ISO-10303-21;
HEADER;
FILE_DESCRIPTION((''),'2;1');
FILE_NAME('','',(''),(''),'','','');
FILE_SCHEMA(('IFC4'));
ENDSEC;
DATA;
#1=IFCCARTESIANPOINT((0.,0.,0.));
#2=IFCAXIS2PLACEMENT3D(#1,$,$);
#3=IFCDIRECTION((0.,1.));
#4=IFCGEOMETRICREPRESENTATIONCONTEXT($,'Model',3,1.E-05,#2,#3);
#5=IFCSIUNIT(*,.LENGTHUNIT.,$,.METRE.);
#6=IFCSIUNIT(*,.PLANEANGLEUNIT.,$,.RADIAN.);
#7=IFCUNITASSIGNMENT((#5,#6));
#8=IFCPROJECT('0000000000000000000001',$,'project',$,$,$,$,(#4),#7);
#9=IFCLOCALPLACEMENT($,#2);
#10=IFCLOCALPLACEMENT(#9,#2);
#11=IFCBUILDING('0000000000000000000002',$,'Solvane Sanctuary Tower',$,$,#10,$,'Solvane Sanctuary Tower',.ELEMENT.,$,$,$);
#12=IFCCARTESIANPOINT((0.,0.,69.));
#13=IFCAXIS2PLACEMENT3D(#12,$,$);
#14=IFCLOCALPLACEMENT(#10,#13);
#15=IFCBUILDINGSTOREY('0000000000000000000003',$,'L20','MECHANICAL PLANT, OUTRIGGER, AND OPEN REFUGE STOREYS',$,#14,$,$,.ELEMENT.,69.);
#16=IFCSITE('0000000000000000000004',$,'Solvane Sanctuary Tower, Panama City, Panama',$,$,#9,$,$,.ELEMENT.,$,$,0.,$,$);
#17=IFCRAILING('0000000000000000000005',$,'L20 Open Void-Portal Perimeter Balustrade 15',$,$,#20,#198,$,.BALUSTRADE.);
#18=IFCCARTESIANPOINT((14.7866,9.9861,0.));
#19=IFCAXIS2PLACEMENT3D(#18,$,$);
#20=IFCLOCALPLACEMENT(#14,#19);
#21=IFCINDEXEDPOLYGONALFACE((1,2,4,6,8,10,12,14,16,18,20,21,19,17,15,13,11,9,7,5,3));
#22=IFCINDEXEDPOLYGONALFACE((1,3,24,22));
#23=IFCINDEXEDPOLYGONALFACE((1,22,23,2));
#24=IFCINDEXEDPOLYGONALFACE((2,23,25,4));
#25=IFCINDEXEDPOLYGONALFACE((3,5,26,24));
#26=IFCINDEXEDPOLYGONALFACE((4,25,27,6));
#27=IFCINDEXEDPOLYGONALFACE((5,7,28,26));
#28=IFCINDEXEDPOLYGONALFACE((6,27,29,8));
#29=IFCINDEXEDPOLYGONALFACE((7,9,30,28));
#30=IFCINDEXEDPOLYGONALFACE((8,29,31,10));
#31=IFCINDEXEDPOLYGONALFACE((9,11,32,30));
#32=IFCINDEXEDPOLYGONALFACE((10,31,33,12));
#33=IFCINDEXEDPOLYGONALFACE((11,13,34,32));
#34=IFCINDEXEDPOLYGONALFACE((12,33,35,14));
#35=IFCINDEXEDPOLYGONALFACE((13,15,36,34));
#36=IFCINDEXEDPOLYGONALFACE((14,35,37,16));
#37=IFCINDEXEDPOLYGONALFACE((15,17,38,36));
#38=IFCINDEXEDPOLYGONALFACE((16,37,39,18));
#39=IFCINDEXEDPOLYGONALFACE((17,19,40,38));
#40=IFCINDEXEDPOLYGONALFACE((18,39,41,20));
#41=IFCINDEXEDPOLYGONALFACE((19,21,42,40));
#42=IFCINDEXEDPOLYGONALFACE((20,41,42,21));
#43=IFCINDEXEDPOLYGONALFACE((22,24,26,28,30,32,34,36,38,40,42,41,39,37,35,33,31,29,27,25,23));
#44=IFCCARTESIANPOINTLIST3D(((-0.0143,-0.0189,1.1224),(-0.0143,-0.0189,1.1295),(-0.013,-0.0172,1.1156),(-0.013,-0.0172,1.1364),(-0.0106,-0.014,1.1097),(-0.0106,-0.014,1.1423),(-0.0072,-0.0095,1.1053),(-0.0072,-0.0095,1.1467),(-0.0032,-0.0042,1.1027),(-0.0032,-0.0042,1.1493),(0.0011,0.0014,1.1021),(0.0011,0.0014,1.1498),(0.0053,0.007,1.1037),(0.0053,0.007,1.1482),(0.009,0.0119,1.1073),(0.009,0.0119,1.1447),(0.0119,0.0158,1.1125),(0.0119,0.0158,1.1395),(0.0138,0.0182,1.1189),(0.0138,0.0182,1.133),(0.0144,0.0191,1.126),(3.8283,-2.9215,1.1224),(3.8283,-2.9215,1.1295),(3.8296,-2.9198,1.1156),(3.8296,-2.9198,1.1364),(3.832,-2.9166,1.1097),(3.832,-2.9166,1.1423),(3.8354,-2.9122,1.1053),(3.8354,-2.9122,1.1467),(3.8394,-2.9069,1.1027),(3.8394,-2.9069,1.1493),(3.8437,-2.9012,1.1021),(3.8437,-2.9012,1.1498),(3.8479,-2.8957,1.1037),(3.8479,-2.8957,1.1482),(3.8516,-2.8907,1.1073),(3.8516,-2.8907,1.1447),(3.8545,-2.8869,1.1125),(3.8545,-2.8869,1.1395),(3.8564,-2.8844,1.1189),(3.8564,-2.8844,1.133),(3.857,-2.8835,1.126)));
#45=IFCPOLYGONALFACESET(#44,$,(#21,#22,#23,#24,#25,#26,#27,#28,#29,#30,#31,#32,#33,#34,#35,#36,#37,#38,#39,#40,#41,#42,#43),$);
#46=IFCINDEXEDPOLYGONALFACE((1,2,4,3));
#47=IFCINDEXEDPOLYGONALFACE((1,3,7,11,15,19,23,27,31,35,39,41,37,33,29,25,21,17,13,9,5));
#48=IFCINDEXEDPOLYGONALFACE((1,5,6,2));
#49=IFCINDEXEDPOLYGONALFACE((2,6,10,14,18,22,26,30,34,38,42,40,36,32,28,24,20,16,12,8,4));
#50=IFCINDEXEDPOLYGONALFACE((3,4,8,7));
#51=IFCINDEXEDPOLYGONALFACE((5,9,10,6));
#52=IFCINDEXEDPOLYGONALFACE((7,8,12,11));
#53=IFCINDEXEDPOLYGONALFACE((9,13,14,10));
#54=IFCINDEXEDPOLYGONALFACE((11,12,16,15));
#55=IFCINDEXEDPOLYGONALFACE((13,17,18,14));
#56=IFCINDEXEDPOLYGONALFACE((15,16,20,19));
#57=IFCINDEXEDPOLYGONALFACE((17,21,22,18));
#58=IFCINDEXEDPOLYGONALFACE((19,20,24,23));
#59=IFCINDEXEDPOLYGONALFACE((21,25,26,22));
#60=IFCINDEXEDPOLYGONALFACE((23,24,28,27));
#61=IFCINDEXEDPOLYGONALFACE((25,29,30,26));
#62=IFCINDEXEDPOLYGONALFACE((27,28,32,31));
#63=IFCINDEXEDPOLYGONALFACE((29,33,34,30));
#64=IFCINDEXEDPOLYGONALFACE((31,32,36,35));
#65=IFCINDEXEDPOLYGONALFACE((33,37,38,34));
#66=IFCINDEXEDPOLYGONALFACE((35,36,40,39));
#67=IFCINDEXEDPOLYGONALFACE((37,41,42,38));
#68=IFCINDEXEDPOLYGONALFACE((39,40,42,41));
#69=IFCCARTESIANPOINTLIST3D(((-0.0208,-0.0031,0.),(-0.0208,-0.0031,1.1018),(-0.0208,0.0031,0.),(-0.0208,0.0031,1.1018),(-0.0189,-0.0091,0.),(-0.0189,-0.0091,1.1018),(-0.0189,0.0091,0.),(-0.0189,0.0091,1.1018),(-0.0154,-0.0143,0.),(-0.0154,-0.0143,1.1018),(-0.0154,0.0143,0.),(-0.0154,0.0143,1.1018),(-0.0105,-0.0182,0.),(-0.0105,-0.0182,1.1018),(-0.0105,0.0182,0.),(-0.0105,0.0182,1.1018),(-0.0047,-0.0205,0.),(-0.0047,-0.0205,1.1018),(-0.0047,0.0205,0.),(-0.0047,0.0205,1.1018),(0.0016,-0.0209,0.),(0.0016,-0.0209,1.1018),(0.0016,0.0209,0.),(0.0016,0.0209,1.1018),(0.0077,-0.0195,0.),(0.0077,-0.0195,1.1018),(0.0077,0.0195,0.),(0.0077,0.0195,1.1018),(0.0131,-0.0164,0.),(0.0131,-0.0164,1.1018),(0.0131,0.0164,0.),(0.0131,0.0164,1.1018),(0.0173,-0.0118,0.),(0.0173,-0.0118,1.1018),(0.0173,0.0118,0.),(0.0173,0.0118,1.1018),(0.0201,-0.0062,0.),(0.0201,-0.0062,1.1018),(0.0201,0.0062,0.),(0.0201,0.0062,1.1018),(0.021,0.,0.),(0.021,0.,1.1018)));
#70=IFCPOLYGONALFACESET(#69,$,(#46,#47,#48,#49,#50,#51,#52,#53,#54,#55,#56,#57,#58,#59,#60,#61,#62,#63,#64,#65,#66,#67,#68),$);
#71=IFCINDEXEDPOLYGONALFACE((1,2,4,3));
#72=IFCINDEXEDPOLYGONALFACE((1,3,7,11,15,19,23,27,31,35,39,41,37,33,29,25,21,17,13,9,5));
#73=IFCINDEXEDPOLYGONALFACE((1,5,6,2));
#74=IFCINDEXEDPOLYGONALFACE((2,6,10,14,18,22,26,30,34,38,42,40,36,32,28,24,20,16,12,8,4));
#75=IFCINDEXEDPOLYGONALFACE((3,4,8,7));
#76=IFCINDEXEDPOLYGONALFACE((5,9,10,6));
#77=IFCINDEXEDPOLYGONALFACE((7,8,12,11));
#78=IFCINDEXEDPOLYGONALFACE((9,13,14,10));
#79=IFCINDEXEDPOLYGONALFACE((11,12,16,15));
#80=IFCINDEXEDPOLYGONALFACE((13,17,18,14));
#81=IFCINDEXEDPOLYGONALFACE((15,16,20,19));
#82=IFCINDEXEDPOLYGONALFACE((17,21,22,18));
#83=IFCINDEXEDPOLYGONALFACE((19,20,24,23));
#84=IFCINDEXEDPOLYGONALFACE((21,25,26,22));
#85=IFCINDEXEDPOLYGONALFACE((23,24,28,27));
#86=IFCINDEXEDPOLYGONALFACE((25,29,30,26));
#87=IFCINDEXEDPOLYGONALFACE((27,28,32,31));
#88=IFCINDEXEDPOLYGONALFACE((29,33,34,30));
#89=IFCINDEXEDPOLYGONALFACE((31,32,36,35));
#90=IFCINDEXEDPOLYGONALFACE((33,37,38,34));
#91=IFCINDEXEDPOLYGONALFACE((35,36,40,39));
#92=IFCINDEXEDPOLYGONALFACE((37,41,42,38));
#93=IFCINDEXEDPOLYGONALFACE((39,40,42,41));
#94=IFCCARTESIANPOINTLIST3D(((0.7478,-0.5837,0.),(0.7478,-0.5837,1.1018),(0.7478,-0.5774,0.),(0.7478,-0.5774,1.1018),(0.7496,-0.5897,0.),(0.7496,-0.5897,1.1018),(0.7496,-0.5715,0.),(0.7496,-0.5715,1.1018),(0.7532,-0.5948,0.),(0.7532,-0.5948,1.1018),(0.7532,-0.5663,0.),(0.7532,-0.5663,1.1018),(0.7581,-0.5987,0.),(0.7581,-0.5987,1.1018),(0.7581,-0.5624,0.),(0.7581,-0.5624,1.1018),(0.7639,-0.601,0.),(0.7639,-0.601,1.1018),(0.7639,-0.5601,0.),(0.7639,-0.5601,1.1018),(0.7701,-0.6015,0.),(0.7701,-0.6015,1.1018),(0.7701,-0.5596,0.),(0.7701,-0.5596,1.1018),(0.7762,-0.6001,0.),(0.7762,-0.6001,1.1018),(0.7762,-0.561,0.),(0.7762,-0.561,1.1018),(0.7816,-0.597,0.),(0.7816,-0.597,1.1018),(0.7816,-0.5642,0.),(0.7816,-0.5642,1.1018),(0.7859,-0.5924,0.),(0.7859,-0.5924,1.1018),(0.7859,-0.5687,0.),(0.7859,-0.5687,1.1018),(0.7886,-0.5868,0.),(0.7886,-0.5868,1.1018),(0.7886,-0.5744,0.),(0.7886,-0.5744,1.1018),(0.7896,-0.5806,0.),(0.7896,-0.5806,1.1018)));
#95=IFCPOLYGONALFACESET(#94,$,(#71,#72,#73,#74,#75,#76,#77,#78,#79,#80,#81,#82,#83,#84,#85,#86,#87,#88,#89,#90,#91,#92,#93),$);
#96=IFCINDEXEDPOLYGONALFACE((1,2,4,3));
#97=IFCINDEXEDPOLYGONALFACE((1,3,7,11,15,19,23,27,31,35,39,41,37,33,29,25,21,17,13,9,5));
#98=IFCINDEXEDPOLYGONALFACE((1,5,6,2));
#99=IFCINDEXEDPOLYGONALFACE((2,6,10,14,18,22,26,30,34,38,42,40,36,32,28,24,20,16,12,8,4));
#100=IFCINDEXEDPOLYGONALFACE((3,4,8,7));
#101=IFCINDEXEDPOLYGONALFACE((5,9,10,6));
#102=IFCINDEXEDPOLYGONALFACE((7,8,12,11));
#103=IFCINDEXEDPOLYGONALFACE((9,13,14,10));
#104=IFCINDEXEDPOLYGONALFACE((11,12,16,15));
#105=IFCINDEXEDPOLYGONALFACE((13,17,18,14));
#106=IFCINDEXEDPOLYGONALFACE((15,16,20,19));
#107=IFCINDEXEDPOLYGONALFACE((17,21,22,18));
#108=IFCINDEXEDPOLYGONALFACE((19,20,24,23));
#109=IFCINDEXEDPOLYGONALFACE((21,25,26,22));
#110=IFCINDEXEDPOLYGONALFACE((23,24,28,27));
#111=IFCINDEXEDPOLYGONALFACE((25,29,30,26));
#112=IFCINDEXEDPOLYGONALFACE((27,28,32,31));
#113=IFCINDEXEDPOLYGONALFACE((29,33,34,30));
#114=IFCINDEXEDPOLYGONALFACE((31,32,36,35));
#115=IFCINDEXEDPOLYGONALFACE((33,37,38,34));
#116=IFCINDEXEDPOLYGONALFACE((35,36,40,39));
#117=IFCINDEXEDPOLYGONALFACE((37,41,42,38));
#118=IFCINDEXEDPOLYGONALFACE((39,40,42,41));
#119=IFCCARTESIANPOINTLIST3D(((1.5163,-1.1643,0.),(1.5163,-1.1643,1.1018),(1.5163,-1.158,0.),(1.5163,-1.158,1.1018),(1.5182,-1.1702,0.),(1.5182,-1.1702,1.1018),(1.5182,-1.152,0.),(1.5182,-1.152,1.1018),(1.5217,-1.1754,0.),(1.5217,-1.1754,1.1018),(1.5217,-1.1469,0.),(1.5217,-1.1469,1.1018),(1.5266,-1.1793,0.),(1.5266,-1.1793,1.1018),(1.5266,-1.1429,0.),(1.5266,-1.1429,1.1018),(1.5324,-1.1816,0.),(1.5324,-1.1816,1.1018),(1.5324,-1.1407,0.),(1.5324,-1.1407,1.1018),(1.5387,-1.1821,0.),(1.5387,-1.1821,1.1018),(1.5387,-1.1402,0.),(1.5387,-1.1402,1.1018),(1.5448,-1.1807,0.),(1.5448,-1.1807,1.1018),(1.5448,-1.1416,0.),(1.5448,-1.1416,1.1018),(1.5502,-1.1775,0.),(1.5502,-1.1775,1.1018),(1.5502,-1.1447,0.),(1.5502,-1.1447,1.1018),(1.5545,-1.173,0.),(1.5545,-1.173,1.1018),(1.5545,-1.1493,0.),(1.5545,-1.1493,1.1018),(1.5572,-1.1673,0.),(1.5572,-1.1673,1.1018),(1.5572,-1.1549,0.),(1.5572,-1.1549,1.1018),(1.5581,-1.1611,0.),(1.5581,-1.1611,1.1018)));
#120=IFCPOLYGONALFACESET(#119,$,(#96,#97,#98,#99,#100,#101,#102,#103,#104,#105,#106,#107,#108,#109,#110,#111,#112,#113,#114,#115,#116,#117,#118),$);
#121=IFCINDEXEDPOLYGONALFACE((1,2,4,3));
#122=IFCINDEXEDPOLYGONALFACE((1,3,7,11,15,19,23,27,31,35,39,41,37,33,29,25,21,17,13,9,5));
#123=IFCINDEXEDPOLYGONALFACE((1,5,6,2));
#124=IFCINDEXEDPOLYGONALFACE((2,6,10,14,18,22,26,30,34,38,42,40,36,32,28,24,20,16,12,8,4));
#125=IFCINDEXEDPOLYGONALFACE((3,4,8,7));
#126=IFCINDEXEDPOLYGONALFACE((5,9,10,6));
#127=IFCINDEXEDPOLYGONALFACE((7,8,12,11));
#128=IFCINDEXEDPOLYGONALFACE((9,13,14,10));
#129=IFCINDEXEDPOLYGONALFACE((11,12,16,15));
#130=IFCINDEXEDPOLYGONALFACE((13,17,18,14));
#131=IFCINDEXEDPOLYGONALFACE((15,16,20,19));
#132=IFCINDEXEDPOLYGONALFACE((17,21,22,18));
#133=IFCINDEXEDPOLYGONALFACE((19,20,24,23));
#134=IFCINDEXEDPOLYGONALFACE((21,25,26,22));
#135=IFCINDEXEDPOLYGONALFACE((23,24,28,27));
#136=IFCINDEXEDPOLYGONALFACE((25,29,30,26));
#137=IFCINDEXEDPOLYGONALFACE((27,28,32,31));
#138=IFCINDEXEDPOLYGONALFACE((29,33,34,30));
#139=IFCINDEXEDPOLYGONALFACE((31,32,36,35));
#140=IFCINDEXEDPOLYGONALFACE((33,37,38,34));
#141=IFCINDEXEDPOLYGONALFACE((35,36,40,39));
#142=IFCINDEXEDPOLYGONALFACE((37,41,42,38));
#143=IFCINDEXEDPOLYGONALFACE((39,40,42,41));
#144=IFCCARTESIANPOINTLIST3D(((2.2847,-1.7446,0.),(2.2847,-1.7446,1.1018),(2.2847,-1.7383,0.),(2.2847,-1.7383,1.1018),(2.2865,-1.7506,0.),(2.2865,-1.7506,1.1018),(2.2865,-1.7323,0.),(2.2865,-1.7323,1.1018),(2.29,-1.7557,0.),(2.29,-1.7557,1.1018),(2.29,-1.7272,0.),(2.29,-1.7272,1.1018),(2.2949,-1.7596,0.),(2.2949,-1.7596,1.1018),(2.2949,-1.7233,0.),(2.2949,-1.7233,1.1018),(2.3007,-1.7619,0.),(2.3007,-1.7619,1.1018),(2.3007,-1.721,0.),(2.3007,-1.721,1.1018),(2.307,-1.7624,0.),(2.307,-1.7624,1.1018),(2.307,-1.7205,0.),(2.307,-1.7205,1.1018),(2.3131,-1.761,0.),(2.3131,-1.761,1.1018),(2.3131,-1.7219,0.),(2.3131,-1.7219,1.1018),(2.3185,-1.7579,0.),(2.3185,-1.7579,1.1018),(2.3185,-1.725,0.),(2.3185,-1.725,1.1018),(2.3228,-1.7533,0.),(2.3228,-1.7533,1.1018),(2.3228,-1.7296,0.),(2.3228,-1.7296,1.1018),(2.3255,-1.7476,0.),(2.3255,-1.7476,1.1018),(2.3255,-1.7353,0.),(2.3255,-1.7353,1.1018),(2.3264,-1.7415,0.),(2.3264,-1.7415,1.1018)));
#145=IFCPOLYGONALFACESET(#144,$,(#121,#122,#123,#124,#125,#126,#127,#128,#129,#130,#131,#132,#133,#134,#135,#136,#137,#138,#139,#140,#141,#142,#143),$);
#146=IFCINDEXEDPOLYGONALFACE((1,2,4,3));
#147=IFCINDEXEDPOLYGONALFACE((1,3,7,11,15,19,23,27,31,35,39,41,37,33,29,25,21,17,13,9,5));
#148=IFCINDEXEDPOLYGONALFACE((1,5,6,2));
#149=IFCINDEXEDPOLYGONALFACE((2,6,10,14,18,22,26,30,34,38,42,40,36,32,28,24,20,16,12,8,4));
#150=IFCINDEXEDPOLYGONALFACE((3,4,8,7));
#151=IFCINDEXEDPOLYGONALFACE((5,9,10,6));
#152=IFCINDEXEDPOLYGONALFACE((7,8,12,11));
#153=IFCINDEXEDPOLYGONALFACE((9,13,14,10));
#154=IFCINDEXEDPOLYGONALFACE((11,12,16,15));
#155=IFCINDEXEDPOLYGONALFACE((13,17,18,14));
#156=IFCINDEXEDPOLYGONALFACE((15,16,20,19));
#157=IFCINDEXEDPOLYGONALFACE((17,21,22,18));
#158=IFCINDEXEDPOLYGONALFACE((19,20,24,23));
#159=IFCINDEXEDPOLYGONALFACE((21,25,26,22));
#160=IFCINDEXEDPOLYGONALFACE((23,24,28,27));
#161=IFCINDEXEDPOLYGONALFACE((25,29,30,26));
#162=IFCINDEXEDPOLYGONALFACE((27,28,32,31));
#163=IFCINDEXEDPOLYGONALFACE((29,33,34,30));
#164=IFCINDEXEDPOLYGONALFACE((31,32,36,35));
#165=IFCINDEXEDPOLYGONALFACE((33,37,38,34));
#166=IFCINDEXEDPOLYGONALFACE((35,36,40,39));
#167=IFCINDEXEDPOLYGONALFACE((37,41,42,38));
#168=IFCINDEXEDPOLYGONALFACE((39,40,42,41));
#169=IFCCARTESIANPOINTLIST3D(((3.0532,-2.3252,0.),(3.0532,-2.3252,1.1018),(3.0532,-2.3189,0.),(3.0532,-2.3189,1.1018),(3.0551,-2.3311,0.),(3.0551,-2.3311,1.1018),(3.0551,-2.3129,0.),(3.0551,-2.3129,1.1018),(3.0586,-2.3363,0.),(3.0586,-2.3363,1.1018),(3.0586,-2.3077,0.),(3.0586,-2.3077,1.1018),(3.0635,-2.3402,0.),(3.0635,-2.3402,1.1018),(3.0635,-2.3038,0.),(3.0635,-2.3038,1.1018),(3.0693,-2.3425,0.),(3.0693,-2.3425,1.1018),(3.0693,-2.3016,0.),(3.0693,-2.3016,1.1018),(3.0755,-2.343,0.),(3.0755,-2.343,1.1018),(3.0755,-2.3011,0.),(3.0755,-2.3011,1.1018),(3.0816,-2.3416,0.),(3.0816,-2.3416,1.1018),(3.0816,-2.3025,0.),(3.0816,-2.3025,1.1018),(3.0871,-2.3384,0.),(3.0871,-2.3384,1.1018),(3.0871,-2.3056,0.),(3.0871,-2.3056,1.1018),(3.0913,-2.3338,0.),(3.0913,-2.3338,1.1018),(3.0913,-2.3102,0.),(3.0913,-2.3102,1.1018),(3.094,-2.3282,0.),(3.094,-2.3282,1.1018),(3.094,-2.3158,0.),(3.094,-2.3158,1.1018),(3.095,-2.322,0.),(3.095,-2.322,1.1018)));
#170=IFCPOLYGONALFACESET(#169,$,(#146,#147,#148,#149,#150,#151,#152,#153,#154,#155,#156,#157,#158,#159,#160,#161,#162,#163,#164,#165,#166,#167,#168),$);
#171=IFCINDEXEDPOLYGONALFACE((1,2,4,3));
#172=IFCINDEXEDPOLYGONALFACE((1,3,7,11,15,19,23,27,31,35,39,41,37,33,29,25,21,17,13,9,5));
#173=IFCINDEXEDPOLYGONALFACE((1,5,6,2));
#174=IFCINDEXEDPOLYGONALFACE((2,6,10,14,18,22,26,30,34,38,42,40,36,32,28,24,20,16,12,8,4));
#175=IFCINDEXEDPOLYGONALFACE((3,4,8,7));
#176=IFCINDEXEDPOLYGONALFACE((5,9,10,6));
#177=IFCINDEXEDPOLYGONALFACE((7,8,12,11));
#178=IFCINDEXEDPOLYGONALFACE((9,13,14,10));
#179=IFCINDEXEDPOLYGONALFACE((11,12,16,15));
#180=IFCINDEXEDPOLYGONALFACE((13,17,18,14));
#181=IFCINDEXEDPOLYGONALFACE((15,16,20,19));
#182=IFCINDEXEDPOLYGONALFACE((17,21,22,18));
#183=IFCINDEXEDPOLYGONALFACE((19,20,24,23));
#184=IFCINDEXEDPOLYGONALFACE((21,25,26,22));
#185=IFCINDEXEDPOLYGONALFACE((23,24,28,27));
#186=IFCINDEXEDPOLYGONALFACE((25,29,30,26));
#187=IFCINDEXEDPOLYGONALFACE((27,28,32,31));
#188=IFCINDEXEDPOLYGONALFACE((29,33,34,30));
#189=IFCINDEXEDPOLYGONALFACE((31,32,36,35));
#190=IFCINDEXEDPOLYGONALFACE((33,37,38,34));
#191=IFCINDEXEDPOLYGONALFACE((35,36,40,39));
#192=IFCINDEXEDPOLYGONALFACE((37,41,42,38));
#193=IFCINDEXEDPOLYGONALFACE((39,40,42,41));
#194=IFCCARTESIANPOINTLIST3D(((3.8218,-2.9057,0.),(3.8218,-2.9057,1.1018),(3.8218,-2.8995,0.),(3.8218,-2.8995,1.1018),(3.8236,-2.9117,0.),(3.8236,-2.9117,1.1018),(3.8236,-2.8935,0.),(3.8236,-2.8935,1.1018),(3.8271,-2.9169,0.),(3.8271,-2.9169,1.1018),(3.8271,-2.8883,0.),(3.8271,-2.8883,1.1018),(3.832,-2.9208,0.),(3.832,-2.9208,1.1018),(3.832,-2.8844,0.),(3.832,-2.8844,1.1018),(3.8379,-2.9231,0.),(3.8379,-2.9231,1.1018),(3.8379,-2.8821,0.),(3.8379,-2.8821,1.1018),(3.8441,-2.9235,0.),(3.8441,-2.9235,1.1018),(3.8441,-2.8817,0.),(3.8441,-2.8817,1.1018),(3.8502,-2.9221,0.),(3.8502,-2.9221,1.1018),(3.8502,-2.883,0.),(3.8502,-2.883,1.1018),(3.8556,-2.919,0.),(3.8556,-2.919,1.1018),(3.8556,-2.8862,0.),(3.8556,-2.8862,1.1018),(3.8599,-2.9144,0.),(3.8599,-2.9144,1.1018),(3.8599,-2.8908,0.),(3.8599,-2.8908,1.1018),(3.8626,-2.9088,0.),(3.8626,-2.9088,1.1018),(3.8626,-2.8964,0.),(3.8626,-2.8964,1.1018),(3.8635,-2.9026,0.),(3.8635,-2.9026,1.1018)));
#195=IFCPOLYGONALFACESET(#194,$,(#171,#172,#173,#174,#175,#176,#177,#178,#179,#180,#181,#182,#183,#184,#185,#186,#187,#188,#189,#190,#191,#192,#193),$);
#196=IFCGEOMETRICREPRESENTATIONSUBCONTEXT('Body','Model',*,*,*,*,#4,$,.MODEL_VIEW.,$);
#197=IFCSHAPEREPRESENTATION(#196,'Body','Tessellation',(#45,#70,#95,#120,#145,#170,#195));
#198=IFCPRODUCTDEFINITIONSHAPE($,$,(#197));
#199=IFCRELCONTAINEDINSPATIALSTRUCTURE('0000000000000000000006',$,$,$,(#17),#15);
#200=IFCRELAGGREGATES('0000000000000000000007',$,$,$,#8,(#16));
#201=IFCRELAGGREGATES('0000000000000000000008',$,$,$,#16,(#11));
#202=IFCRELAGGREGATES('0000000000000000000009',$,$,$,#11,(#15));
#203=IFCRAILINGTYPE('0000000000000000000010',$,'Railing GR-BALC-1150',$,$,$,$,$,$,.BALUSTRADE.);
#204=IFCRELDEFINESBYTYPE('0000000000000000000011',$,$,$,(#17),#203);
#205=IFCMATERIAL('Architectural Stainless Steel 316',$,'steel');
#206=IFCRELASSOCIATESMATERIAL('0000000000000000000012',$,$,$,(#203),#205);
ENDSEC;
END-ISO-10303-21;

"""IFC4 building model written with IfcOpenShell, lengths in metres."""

from ifc_helpers import new_model, si_unit, direction, frame, origin, origin_2d, place, context, subcontext, project, spatial, circle, extrude, material, type_object, element, save


model = new_model("IFC4")

# Units and contexts
model_context = context("Model", 3, precision=1e-05, world=origin(), true_north=direction((0.0, 1.0)))
body_context = subcontext(model_context, "Body", "Model", "MODEL_VIEW")
ifc_project = project(units=[si_unit("LENGTHUNIT", "METRE"), si_unit("PLANEANGLEUNIT", "RADIAN")], contexts=[model_context])

# Site, building, storey
site_placement = place(None, origin())
site = spatial("IfcSite", under=ifc_project, at=site_placement, Name="Solvane Sanctuary Tower, Panama City, Panama", CompositionType="ELEMENT", RefElevation=0.0)
building_placement = place(site_placement, origin())
building = spatial("IfcBuilding", under=site, at=building_placement, Name="Solvane Sanctuary Tower", LongName="Solvane Sanctuary Tower", CompositionType="ELEMENT")
storey_placement = place(building_placement, frame((0.0, 0.0, 69.0)))
storey = spatial("IfcBuildingStorey", under=building, at=storey_placement, Name="L20", Description="MECHANICAL PLANT, OUTRIGGER, AND OPEN REFUGE STOREYS", CompositionType="ELEMENT", Elevation=69.0)

# Shared definitions
ifc_material_1 = material(Name="Architectural Stainless Steel 316", Category="steel")

# Railing
railing_type_1 = type_object("IfcRailingType", Name="Railing GR-BALC-1150", PredefinedType="BALUSTRADE", material=ifc_material_1)
railing_1_placement = place(storey_placement, frame((14.7866, 9.9861, 0.0)))
element("IfcRailing", 1, at=railing_1_placement, inside=storey, type_object=railing_type_1, Name="L20 Open Void-Portal Perimeter Balustrade 15", PredefinedType="BALUSTRADE", context=body_context, shape_type="SweptSolid", body=[
    extrude(circle(Radius=0.0239, at=origin_2d()), frame((0.0, 0.0, 1.126), z_axis=(0.797933, -0.602746, 0.0), x_axis=(0.602746, 0.797933, 0.0)), (0.0, 0.0, 1.0), 4.8157),
    extrude(circle(Radius=0.021, at=origin_2d()), origin(), (0.0, 0.0, 1.0), 1.1018),
    extrude(circle(Radius=0.021, at=origin_2d()), frame((0.7686, -0.5806, 0.0)), (0.0, 0.0, 1.0), 1.1018),
    extrude(circle(Radius=0.021, at=origin_2d()), frame((1.5371, -1.1611, 0.0)), (0.0, 0.0, 1.0), 1.1018),
    extrude(circle(Radius=0.021, at=origin_2d()), frame((2.3054, -1.7415, 0.0)), (0.0, 0.0, 1.0), 1.1018),
    extrude(circle(Radius=0.021, at=origin_2d()), frame((3.074, -2.322, 0.0)), (0.0, 0.0, 1.0), 1.1018),
    extrude(circle(Radius=0.021, at=origin_2d()), frame((3.8425, -2.9026, 0.0)), (0.0, 0.0, 1.0), 1.1018),
])

save(model, "model.ifc")
